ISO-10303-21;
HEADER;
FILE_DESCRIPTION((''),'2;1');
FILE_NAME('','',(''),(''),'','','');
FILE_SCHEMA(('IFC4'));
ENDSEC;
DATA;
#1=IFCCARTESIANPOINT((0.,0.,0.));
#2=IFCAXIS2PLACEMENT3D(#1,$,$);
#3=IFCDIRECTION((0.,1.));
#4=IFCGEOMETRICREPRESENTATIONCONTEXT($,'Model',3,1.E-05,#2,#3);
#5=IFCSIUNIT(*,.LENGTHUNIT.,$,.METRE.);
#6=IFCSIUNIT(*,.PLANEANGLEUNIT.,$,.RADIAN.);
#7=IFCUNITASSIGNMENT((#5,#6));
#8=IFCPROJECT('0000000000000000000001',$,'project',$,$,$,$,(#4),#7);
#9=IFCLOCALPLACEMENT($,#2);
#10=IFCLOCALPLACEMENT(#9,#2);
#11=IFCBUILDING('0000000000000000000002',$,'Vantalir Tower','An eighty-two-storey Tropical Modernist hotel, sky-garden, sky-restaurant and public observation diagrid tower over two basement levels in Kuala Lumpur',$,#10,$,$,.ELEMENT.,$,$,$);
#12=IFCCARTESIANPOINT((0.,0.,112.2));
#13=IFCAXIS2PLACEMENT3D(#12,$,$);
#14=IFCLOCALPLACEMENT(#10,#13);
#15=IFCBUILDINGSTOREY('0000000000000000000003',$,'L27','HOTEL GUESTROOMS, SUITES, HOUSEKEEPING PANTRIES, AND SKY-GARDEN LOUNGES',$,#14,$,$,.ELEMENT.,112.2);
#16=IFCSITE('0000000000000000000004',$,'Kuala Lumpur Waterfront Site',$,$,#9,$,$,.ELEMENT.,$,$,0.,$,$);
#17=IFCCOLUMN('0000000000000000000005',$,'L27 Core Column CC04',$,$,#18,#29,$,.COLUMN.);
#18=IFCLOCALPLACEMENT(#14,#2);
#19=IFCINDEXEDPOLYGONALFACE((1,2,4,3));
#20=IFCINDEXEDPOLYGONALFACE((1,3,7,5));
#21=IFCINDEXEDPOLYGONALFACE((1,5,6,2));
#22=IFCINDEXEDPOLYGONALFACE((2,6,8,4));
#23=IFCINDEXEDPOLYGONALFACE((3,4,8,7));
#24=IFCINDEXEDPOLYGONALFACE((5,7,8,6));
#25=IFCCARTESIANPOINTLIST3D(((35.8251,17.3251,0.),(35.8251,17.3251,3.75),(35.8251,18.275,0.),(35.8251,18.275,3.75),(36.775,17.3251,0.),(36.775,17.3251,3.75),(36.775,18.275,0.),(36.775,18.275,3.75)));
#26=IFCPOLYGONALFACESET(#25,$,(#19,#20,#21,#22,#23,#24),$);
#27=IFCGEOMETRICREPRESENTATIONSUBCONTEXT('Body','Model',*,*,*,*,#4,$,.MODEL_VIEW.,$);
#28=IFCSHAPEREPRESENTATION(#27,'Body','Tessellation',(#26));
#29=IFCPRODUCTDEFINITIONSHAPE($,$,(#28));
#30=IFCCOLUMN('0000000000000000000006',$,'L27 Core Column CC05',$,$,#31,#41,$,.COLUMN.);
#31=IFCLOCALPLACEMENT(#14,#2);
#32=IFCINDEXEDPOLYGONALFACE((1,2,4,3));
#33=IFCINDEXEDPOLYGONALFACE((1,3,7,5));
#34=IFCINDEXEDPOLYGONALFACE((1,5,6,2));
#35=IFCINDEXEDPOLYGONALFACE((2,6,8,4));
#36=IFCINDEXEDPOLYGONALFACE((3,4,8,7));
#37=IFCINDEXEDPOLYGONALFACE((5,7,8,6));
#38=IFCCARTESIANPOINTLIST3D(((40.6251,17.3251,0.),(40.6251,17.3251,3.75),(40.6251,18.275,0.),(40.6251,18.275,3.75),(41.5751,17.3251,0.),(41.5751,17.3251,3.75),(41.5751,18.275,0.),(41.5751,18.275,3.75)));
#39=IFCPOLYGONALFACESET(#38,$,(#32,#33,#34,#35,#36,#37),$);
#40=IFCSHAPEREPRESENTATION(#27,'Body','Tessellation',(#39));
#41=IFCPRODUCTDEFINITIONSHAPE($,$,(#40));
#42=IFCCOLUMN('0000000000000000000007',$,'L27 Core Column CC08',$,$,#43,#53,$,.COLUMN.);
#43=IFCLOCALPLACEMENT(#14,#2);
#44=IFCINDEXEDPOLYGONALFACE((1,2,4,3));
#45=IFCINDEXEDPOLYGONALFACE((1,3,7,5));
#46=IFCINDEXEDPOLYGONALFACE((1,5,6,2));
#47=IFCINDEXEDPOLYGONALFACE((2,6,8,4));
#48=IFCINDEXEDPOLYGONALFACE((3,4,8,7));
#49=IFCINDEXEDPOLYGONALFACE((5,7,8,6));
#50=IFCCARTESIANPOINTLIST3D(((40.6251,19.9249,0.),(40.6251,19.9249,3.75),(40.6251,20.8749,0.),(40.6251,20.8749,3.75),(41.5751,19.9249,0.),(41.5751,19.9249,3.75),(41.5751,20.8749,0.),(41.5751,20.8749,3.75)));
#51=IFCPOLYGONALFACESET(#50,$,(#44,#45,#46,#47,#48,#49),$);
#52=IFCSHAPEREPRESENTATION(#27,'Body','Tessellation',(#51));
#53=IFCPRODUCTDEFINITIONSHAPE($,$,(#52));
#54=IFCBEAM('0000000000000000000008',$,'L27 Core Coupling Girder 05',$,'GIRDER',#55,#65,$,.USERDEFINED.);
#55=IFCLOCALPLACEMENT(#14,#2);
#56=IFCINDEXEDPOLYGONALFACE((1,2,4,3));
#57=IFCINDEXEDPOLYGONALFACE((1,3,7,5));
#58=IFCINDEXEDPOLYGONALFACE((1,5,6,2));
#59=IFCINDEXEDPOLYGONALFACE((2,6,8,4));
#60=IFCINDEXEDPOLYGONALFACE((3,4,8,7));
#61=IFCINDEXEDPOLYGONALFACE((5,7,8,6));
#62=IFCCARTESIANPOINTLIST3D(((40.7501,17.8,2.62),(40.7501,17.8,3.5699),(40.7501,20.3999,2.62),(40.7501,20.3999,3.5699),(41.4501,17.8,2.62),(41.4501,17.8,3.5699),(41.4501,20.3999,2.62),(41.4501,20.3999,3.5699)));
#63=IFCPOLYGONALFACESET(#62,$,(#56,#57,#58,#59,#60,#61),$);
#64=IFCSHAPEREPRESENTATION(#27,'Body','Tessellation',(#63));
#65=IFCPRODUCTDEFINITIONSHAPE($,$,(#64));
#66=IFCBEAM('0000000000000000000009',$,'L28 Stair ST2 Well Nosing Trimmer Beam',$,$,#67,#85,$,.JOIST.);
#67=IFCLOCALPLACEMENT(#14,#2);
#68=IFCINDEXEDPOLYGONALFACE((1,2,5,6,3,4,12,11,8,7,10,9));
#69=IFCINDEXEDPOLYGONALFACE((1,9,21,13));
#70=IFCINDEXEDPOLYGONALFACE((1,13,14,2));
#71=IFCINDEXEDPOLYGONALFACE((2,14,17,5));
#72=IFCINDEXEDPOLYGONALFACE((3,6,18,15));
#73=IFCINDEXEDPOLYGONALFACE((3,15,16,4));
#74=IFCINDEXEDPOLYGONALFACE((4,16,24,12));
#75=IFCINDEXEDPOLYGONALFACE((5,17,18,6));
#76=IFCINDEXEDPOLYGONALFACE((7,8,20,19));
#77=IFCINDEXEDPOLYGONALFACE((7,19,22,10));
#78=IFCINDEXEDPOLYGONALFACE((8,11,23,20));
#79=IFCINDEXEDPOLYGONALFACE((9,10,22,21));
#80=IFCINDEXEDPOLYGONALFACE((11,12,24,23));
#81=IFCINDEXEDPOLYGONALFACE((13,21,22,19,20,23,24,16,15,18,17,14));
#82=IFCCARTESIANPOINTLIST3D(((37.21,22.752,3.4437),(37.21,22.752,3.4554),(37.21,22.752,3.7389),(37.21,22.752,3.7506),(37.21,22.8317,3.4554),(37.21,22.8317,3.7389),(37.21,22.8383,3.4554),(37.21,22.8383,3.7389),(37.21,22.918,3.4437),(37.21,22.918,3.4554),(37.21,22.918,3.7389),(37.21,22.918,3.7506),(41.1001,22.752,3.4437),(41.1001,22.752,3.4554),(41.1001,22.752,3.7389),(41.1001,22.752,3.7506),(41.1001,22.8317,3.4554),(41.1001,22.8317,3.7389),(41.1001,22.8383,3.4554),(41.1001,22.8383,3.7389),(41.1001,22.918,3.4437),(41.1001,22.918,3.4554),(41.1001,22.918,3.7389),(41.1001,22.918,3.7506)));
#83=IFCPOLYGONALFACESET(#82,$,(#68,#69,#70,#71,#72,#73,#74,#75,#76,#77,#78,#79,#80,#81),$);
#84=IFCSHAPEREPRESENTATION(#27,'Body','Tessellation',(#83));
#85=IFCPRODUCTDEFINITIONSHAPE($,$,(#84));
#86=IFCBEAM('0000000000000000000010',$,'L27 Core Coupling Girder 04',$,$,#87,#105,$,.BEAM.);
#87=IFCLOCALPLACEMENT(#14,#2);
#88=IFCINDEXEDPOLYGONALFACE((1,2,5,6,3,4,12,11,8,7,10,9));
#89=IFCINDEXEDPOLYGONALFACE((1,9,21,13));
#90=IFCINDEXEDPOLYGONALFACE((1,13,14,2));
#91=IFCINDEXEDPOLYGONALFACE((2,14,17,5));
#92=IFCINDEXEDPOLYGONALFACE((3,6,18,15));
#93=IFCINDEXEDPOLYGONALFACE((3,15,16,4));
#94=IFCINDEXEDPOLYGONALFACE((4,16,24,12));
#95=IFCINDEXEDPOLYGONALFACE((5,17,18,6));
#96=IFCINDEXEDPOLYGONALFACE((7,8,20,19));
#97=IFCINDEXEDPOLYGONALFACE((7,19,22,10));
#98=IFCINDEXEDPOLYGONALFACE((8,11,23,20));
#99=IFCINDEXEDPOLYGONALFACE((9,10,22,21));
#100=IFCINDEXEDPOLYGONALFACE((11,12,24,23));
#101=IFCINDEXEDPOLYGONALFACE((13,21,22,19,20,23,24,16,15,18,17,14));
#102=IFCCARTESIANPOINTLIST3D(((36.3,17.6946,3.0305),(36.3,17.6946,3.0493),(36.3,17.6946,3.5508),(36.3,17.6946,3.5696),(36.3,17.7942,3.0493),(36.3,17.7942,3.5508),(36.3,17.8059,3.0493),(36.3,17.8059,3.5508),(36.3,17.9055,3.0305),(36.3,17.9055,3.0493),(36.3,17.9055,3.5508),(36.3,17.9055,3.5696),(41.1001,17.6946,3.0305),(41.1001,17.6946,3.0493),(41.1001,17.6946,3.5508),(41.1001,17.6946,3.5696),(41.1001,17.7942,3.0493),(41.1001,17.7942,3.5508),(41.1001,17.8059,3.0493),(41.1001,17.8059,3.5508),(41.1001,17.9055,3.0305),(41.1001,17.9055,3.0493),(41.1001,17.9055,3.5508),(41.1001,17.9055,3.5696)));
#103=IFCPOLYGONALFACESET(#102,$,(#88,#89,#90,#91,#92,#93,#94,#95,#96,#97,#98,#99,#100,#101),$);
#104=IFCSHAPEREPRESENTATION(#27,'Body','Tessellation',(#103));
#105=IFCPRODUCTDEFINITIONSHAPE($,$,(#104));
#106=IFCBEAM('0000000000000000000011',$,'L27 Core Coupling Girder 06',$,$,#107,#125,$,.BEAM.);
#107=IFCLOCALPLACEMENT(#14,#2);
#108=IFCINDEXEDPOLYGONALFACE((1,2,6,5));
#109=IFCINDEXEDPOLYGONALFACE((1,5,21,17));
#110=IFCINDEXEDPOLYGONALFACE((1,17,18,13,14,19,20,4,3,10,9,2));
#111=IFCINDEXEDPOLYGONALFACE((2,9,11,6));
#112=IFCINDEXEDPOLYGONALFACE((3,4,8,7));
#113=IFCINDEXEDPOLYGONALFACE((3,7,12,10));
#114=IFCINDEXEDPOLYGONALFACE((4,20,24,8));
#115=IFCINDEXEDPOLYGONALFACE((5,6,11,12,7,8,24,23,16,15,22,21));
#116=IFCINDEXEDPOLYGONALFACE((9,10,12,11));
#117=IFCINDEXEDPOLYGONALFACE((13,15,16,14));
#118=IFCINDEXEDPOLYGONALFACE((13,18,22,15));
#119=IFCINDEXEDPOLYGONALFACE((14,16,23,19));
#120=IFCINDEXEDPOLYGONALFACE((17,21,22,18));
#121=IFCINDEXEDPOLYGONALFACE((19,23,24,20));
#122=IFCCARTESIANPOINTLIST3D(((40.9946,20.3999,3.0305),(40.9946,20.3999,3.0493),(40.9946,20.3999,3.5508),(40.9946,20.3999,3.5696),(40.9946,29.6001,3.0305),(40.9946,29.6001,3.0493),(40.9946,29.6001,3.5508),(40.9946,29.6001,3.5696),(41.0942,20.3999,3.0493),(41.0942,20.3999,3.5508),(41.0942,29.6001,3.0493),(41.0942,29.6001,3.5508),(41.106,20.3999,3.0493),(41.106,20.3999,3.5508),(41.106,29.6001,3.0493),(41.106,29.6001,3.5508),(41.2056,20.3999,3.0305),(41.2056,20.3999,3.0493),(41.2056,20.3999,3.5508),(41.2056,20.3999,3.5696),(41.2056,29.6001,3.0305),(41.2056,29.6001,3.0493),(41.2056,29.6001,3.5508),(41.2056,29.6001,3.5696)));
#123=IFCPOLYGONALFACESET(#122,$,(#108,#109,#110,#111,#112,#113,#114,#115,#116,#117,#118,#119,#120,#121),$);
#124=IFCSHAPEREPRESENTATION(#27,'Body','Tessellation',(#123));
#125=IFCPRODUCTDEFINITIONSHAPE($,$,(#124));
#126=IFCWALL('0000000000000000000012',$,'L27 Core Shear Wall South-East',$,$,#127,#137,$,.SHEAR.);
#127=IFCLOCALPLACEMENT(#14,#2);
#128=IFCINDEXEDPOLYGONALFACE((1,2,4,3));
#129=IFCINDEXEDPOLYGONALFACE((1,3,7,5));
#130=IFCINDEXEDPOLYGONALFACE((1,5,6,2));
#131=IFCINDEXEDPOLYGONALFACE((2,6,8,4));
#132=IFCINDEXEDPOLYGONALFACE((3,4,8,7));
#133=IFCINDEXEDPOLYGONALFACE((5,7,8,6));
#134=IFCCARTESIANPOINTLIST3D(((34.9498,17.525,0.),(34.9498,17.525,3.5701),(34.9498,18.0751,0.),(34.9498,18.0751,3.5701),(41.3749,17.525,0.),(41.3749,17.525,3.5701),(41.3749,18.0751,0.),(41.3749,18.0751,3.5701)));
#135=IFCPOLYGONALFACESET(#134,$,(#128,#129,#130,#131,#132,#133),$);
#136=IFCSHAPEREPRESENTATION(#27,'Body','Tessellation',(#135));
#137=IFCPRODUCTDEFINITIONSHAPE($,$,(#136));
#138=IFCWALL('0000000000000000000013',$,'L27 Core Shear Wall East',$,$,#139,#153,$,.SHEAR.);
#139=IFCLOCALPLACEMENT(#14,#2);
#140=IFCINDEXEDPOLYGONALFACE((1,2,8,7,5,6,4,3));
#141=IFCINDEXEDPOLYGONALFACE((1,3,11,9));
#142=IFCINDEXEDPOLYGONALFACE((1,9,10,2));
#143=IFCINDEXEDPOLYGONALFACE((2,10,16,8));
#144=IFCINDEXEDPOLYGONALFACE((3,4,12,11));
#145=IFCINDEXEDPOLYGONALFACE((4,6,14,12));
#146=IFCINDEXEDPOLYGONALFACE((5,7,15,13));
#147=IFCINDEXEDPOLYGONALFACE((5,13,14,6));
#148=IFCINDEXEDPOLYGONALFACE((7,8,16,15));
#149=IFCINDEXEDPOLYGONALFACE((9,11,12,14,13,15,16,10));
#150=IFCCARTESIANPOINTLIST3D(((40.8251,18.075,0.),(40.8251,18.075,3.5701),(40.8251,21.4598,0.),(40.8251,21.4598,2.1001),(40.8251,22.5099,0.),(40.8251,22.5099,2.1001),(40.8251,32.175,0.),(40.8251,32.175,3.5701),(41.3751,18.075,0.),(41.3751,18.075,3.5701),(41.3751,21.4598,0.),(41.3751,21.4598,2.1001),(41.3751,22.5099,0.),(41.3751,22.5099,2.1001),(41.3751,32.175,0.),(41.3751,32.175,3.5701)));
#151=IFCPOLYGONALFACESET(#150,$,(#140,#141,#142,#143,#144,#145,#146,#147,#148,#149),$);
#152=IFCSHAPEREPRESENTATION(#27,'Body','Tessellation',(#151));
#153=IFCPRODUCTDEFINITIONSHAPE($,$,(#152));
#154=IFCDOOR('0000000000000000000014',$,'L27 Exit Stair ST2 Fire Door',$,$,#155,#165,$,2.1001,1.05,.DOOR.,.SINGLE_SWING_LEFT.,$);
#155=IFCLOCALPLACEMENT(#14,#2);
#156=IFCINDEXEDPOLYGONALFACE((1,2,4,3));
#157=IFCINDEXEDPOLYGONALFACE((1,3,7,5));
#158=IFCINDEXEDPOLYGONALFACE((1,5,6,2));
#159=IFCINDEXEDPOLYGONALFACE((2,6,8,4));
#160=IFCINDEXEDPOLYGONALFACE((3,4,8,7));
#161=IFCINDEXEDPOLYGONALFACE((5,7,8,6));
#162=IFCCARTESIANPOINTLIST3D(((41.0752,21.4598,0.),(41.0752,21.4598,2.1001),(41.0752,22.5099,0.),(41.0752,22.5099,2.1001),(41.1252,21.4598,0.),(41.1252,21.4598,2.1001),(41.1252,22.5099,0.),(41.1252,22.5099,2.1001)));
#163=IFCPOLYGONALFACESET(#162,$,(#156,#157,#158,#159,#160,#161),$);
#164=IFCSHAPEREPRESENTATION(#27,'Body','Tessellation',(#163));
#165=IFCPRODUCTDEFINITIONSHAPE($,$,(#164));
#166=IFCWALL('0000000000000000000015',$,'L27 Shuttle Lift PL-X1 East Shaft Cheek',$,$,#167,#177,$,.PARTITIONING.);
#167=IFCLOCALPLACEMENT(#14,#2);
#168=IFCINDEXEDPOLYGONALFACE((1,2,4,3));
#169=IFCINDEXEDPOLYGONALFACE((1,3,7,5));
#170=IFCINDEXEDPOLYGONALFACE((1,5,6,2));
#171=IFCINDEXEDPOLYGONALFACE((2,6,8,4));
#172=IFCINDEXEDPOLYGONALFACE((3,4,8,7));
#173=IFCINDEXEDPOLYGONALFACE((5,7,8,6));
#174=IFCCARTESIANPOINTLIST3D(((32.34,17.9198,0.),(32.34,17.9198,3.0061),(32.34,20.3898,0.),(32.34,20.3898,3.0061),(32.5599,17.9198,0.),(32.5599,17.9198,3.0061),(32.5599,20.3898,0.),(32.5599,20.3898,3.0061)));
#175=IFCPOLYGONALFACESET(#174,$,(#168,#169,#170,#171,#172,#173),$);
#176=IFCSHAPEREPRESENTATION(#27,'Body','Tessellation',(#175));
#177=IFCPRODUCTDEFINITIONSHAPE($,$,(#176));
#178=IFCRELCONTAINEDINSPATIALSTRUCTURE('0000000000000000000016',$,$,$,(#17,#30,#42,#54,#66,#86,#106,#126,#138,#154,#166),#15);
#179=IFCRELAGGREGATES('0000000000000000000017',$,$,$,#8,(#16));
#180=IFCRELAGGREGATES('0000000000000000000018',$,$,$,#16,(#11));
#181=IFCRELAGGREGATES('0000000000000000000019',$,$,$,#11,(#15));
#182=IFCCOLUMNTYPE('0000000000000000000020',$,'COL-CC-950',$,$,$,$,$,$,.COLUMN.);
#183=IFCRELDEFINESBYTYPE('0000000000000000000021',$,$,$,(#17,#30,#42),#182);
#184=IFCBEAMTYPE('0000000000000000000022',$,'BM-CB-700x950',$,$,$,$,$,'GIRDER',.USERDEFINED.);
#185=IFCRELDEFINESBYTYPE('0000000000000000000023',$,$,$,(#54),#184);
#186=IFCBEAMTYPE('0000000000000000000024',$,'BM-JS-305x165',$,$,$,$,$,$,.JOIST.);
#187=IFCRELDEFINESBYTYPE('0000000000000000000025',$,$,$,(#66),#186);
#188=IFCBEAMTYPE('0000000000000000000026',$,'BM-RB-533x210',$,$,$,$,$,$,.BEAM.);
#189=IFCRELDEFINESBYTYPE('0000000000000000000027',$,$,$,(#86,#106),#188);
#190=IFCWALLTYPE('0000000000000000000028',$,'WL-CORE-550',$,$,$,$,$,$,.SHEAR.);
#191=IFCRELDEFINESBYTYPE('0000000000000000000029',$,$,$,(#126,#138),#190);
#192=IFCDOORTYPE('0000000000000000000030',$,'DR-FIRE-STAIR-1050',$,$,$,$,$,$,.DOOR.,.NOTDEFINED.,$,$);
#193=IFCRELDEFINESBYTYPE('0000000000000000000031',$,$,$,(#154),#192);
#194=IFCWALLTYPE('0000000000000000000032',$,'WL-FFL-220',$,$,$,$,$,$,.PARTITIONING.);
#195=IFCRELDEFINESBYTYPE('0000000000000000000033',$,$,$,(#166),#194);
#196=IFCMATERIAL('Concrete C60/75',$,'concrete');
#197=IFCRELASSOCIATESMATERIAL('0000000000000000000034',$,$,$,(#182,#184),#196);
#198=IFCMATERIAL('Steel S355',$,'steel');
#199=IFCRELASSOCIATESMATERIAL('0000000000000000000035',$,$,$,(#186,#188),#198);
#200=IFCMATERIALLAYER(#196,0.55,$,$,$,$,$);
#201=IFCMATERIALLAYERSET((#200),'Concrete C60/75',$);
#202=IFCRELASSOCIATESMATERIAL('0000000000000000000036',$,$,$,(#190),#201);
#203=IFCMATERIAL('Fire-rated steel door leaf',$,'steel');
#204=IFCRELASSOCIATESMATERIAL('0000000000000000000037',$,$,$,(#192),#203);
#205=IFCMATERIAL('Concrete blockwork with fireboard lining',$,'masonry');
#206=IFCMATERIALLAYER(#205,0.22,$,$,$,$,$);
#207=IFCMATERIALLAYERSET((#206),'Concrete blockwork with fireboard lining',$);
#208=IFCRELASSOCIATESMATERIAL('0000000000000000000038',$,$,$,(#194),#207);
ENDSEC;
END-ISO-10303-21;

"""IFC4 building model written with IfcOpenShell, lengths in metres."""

from ifc_helpers import new_model, si_unit, direction, frame, frame_2d, origin, origin_2d, place, context, subcontext, project, spatial, rectangle, i_section, extrude, material, layer, layer_set, material_profile, profile_set, type_object, element, fill, save


model = new_model("IFC4")

# Units and contexts
model_context = context("Model", 3, precision=1e-05, world=origin(), true_north=direction((0.0, 1.0)))
body_context = subcontext(model_context, "Body", "Model", "MODEL_VIEW")
ifc_project = project(units=[si_unit("LENGTHUNIT", "METRE"), si_unit("PLANEANGLEUNIT", "RADIAN")], contexts=[model_context])

# Site, building, storey
site_placement = place(None, origin())
site = spatial("IfcSite", under=ifc_project, at=site_placement, Name="Kuala Lumpur Waterfront Site", CompositionType="ELEMENT", RefElevation=0.0)
building_placement = place(site_placement, origin())
building = spatial("IfcBuilding", under=site, at=building_placement, Name="Vantalir Tower", Description="An eighty-two-storey Tropical Modernist hotel, sky-garden, sky-restaurant and public observation diagrid tower over two basement levels in Kuala Lumpur", CompositionType="ELEMENT")
storey_placement = place(building_placement, frame((0.0, 0.0, 112.2)))
storey = spatial("IfcBuildingStorey", under=building, at=storey_placement, Name="L27", Description="HOTEL GUESTROOMS, SUITES, HOUSEKEEPING PANTRIES, AND SKY-GARDEN LOUNGES", CompositionType="ELEMENT", Elevation=112.2)

# Columns
ifc_material_1 = material(Name="Concrete C60/75", Category="concrete")
ifc_material_profile_1 = material_profile(ifc_material_1, rectangle(XDim=0.95, YDim=0.95, at=origin_2d()), Name="Concrete C60/75")
ifc_profile_set_1 = profile_set([ifc_material_profile_1], Name="Concrete C60/75")
column_type = type_object("IfcColumnType", Name="COL-CC-950", PredefinedType="COLUMN", material=ifc_profile_set_1)
for number, where, z_axis, x_axis, name in (
    (1, (36.3, 17.8, 0.0), (0.0, 0.0, 1.0), (1.0, 0.0, 0.0), "L27 Core Column CC04"),
    (2, (41.1001, 17.8, 0.0), (0.0, 0.0, 1.0), (1.0, 0.0, 0.0), "L27 Core Column CC05"),
    (3, (41.1001, 20.3999, 0.0), (0.0, 0.0, 1.0), (1.0, 0.0, 0.0), "L27 Core Column CC08"),
):
    element("IfcColumn", number, at=place(storey_placement, frame(where, z_axis=z_axis, x_axis=x_axis)), inside=storey, type_object=column_type, Name=name, PredefinedType="COLUMN", context=body_context, shape_type="SweptSolid", body=[
        extrude(rectangle(XDim=0.95, YDim=0.95, at=origin_2d()), origin(), (0.0, 0.0, 1.0), 3.75),
    ])

# Beams
ifc_material_profile_2 = material_profile(ifc_material_1, rectangle(XDim=0.7, YDim=0.95, at=origin_2d()), Name="Concrete C60/75")
ifc_profile_set_2 = profile_set([ifc_material_profile_2], Name="Concrete C60/75")
beam_type_1 = type_object("IfcBeamType", Name="BM-CB-700x950", ElementType="GIRDER", PredefinedType="USERDEFINED", material=ifc_profile_set_2)
beam_1_placement = place(storey_placement, frame((41.1001, 17.8, 3.095), z_axis=(0.0, 1.0, 0.0), x_axis=(-1.0, 0.0, 0.0)))
element("IfcBeam", 4, at=beam_1_placement, inside=storey, type_object=beam_type_1, Name="L27 Core Coupling Girder 05", ObjectType="GIRDER", PredefinedType="USERDEFINED", context=body_context, shape_type="SweptSolid", body=[
    extrude(rectangle(XDim=0.7, YDim=0.95, at=origin_2d()), origin(), (0.0, 0.0, 1.0), 2.5999),
])
ifc_material_2 = material(Name="Steel S355", Category="steel")
ifc_material_profile_3 = material_profile(ifc_material_2, i_section(OverallWidth=0.166, OverallDepth=0.3069, WebThickness=0.0066, FlangeThickness=0.0117, at=origin_2d()), Name="Steel S355")
ifc_profile_set_3 = profile_set([ifc_material_profile_3], Name="Steel S355")
beam_type_2 = type_object("IfcBeamType", Name="BM-JS-305x165", PredefinedType="JOIST", material=ifc_profile_set_3)
beam_2_placement = place(storey_placement, frame((37.21, 22.835, 3.5972), z_axis=(1.0, 0.0, 0.0), x_axis=(0.0, 1.0, 0.0)))
element("IfcBeam", 5, at=beam_2_placement, inside=storey, type_object=beam_type_2, Name="L28 Stair ST2 Well Nosing Trimmer Beam", PredefinedType="JOIST", context=body_context, shape_type="SweptSolid", body=[
    extrude(i_section(OverallWidth=0.166, OverallDepth=0.3069, WebThickness=0.0066, FlangeThickness=0.0117, at=origin_2d()), origin(), (0.0, 0.0, 1.0), 3.8901),
])
ifc_material_profile_4 = material_profile(ifc_material_2, i_section(OverallWidth=0.2109, OverallDepth=0.5391, WebThickness=0.0117, FlangeThickness=0.0188, at=origin_2d()), Name="Steel S355")
ifc_profile_set_4 = profile_set([ifc_material_profile_4], Name="Steel S355")
beam_type_3 = type_object("IfcBeamType", Name="BM-RB-533x210", PredefinedType="BEAM", material=ifc_profile_set_4)
beam_3_placement = place(storey_placement, frame((36.3, 17.8, 3.3), z_axis=(1.0, 0.0, 0.0), x_axis=(0.0, 1.0, 0.0)))
element("IfcBeam", 6, at=beam_3_placement, inside=storey, type_object=beam_type_3, Name="L27 Core Coupling Girder 04", PredefinedType="BEAM", context=body_context, shape_type="SweptSolid", body=[
    extrude(i_section(OverallWidth=0.2109, OverallDepth=0.5391, WebThickness=0.0117, FlangeThickness=0.0188, at=origin_2d()), origin(), (0.0, 0.0, 1.0), 4.8),
])
beam_4_placement = place(storey_placement, frame((41.1001, 20.3999, 3.3), z_axis=(0.0, 1.0, 0.0), x_axis=(-1.0, 0.0, 0.0)))
element("IfcBeam", 7, at=beam_4_placement, inside=storey, type_object=beam_type_3, Name="L27 Core Coupling Girder 06", PredefinedType="BEAM", context=body_context, shape_type="SweptSolid", body=[
    extrude(i_section(OverallWidth=0.2109, OverallDepth=0.5391, WebThickness=0.0117, FlangeThickness=0.0188, at=origin_2d()), origin(), (0.0, 0.0, 1.0), 9.2002),
])

# Wall
ifc_layer_1 = layer(ifc_material_1, 0.55)
ifc_layer_set_1 = layer_set([ifc_layer_1], Name="Concrete C60/75")
wall_type_1 = type_object("IfcWallType", Name="WL-CORE-550", PredefinedType="SHEAR", material=ifc_layer_set_1)
wall_1_placement = place(storey_placement, frame((34.95, 17.8, 0.0), z_axis=(0.0, 0.0, 1.0), x_axis=(1.0, 0.0, 0.0)))
element("IfcWall", 8, at=wall_1_placement, inside=storey, type_object=wall_type_1, Name="L27 Core Shear Wall South-East", PredefinedType="SHEAR", context=body_context, shape_type="SweptSolid", body=[
    extrude(rectangle(XDim=6.425, YDim=0.55, at=frame_2d((3.2124, 0.0))), origin(), (0.0, 0.0, 1.0), 3.5701),
])

# Wall, opening, door
wall_2_placement = place(storey_placement, frame((41.1001, 18.075, 0.0), z_axis=(0.0, 0.0, 1.0), x_axis=(0.0, 1.0, 0.0)))
wall_2 = element("IfcWall", 9, at=wall_2_placement, inside=storey, type_object=wall_type_1, Name="L27 Core Shear Wall East", PredefinedType="SHEAR", context=body_context, shape_type="SweptSolid", body=[
    extrude(rectangle(XDim=14.1001, YDim=0.55, at=frame_2d((7.05, 0.0))), origin(), (0.0, 0.0, 1.0), 3.5701),
])
opening_1_placement = place(wall_2_placement, frame((3.385, 0.0, 0.0)))
opening_1 = element("IfcOpeningElement", 10, at=opening_1_placement, cuts=wall_2, PredefinedType="OPENING", context=body_context, shape_type="SweptSolid", body=[
    extrude(rectangle(XDim=1.05, YDim=2.1001, at=frame_2d((0.5249, 1.05))), frame((0.0, 0.2849, 0.0), z_axis=(0.0, -1.0, 0.0), x_axis=(1.0, 0.0, 0.0)), (0.0, 0.0, 1.0), 0.5701),
])
ifc_material_3 = material(Name="Fire-rated steel door leaf", Category="steel")
door_type_1 = type_object("IfcDoorType", Name="DR-FIRE-STAIR-1050", OperationType="NOTDEFINED", PredefinedType="DOOR", material=ifc_material_3)
door_1_placement = place(opening_1_placement, origin())
door_1 = element("IfcDoor", 11, at=door_1_placement, inside=storey, type_object=door_type_1, Name="L27 Exit Stair ST2 Fire Door", OperationType="SINGLE_SWING_LEFT", OverallHeight=2.1001, OverallWidth=1.05, PredefinedType="DOOR", context=body_context, shape_type="SweptSolid", body=[
    extrude(rectangle(XDim=1.05, YDim=2.1001, at=frame_2d((0.5249, 1.05))), frame((0.0, 0.0249, 0.0), z_axis=(0.0, -1.0, 0.0), x_axis=(1.0, 0.0, 0.0)), (0.0, 0.0, 1.0), 0.05),
])
fill(opening_1, door_1)

# Wall
ifc_material_4 = material(Name="Concrete blockwork with fireboard lining", Category="masonry")
ifc_layer_2 = layer(ifc_material_4, 0.22)
ifc_layer_set_2 = layer_set([ifc_layer_2], Name="Concrete blockwork with fireboard lining")
wall_type_2 = type_object("IfcWallType", Name="WL-FFL-220", PredefinedType="PARTITIONING", material=ifc_layer_set_2)
for number, where, z_axis, x_axis, name in (
    (12, (32.45, 17.9199, 0.0), (0.0, 0.0, 1.0), (0.0, 1.0, 0.0), "L27 Shuttle Lift PL-X1 East Shaft Cheek"),
):
    element("IfcWall", number, at=place(storey_placement, frame(where, z_axis=z_axis, x_axis=x_axis)), inside=storey, type_object=wall_type_2, Name=name, PredefinedType="PARTITIONING", context=body_context, shape_type="SweptSolid", body=[
        extrude(rectangle(XDim=2.47, YDim=0.22, at=frame_2d((1.2349, 0.0))), origin(), (0.0, 0.0, 1.0), 3.0061),
    ])

save(model, "model.ifc")
